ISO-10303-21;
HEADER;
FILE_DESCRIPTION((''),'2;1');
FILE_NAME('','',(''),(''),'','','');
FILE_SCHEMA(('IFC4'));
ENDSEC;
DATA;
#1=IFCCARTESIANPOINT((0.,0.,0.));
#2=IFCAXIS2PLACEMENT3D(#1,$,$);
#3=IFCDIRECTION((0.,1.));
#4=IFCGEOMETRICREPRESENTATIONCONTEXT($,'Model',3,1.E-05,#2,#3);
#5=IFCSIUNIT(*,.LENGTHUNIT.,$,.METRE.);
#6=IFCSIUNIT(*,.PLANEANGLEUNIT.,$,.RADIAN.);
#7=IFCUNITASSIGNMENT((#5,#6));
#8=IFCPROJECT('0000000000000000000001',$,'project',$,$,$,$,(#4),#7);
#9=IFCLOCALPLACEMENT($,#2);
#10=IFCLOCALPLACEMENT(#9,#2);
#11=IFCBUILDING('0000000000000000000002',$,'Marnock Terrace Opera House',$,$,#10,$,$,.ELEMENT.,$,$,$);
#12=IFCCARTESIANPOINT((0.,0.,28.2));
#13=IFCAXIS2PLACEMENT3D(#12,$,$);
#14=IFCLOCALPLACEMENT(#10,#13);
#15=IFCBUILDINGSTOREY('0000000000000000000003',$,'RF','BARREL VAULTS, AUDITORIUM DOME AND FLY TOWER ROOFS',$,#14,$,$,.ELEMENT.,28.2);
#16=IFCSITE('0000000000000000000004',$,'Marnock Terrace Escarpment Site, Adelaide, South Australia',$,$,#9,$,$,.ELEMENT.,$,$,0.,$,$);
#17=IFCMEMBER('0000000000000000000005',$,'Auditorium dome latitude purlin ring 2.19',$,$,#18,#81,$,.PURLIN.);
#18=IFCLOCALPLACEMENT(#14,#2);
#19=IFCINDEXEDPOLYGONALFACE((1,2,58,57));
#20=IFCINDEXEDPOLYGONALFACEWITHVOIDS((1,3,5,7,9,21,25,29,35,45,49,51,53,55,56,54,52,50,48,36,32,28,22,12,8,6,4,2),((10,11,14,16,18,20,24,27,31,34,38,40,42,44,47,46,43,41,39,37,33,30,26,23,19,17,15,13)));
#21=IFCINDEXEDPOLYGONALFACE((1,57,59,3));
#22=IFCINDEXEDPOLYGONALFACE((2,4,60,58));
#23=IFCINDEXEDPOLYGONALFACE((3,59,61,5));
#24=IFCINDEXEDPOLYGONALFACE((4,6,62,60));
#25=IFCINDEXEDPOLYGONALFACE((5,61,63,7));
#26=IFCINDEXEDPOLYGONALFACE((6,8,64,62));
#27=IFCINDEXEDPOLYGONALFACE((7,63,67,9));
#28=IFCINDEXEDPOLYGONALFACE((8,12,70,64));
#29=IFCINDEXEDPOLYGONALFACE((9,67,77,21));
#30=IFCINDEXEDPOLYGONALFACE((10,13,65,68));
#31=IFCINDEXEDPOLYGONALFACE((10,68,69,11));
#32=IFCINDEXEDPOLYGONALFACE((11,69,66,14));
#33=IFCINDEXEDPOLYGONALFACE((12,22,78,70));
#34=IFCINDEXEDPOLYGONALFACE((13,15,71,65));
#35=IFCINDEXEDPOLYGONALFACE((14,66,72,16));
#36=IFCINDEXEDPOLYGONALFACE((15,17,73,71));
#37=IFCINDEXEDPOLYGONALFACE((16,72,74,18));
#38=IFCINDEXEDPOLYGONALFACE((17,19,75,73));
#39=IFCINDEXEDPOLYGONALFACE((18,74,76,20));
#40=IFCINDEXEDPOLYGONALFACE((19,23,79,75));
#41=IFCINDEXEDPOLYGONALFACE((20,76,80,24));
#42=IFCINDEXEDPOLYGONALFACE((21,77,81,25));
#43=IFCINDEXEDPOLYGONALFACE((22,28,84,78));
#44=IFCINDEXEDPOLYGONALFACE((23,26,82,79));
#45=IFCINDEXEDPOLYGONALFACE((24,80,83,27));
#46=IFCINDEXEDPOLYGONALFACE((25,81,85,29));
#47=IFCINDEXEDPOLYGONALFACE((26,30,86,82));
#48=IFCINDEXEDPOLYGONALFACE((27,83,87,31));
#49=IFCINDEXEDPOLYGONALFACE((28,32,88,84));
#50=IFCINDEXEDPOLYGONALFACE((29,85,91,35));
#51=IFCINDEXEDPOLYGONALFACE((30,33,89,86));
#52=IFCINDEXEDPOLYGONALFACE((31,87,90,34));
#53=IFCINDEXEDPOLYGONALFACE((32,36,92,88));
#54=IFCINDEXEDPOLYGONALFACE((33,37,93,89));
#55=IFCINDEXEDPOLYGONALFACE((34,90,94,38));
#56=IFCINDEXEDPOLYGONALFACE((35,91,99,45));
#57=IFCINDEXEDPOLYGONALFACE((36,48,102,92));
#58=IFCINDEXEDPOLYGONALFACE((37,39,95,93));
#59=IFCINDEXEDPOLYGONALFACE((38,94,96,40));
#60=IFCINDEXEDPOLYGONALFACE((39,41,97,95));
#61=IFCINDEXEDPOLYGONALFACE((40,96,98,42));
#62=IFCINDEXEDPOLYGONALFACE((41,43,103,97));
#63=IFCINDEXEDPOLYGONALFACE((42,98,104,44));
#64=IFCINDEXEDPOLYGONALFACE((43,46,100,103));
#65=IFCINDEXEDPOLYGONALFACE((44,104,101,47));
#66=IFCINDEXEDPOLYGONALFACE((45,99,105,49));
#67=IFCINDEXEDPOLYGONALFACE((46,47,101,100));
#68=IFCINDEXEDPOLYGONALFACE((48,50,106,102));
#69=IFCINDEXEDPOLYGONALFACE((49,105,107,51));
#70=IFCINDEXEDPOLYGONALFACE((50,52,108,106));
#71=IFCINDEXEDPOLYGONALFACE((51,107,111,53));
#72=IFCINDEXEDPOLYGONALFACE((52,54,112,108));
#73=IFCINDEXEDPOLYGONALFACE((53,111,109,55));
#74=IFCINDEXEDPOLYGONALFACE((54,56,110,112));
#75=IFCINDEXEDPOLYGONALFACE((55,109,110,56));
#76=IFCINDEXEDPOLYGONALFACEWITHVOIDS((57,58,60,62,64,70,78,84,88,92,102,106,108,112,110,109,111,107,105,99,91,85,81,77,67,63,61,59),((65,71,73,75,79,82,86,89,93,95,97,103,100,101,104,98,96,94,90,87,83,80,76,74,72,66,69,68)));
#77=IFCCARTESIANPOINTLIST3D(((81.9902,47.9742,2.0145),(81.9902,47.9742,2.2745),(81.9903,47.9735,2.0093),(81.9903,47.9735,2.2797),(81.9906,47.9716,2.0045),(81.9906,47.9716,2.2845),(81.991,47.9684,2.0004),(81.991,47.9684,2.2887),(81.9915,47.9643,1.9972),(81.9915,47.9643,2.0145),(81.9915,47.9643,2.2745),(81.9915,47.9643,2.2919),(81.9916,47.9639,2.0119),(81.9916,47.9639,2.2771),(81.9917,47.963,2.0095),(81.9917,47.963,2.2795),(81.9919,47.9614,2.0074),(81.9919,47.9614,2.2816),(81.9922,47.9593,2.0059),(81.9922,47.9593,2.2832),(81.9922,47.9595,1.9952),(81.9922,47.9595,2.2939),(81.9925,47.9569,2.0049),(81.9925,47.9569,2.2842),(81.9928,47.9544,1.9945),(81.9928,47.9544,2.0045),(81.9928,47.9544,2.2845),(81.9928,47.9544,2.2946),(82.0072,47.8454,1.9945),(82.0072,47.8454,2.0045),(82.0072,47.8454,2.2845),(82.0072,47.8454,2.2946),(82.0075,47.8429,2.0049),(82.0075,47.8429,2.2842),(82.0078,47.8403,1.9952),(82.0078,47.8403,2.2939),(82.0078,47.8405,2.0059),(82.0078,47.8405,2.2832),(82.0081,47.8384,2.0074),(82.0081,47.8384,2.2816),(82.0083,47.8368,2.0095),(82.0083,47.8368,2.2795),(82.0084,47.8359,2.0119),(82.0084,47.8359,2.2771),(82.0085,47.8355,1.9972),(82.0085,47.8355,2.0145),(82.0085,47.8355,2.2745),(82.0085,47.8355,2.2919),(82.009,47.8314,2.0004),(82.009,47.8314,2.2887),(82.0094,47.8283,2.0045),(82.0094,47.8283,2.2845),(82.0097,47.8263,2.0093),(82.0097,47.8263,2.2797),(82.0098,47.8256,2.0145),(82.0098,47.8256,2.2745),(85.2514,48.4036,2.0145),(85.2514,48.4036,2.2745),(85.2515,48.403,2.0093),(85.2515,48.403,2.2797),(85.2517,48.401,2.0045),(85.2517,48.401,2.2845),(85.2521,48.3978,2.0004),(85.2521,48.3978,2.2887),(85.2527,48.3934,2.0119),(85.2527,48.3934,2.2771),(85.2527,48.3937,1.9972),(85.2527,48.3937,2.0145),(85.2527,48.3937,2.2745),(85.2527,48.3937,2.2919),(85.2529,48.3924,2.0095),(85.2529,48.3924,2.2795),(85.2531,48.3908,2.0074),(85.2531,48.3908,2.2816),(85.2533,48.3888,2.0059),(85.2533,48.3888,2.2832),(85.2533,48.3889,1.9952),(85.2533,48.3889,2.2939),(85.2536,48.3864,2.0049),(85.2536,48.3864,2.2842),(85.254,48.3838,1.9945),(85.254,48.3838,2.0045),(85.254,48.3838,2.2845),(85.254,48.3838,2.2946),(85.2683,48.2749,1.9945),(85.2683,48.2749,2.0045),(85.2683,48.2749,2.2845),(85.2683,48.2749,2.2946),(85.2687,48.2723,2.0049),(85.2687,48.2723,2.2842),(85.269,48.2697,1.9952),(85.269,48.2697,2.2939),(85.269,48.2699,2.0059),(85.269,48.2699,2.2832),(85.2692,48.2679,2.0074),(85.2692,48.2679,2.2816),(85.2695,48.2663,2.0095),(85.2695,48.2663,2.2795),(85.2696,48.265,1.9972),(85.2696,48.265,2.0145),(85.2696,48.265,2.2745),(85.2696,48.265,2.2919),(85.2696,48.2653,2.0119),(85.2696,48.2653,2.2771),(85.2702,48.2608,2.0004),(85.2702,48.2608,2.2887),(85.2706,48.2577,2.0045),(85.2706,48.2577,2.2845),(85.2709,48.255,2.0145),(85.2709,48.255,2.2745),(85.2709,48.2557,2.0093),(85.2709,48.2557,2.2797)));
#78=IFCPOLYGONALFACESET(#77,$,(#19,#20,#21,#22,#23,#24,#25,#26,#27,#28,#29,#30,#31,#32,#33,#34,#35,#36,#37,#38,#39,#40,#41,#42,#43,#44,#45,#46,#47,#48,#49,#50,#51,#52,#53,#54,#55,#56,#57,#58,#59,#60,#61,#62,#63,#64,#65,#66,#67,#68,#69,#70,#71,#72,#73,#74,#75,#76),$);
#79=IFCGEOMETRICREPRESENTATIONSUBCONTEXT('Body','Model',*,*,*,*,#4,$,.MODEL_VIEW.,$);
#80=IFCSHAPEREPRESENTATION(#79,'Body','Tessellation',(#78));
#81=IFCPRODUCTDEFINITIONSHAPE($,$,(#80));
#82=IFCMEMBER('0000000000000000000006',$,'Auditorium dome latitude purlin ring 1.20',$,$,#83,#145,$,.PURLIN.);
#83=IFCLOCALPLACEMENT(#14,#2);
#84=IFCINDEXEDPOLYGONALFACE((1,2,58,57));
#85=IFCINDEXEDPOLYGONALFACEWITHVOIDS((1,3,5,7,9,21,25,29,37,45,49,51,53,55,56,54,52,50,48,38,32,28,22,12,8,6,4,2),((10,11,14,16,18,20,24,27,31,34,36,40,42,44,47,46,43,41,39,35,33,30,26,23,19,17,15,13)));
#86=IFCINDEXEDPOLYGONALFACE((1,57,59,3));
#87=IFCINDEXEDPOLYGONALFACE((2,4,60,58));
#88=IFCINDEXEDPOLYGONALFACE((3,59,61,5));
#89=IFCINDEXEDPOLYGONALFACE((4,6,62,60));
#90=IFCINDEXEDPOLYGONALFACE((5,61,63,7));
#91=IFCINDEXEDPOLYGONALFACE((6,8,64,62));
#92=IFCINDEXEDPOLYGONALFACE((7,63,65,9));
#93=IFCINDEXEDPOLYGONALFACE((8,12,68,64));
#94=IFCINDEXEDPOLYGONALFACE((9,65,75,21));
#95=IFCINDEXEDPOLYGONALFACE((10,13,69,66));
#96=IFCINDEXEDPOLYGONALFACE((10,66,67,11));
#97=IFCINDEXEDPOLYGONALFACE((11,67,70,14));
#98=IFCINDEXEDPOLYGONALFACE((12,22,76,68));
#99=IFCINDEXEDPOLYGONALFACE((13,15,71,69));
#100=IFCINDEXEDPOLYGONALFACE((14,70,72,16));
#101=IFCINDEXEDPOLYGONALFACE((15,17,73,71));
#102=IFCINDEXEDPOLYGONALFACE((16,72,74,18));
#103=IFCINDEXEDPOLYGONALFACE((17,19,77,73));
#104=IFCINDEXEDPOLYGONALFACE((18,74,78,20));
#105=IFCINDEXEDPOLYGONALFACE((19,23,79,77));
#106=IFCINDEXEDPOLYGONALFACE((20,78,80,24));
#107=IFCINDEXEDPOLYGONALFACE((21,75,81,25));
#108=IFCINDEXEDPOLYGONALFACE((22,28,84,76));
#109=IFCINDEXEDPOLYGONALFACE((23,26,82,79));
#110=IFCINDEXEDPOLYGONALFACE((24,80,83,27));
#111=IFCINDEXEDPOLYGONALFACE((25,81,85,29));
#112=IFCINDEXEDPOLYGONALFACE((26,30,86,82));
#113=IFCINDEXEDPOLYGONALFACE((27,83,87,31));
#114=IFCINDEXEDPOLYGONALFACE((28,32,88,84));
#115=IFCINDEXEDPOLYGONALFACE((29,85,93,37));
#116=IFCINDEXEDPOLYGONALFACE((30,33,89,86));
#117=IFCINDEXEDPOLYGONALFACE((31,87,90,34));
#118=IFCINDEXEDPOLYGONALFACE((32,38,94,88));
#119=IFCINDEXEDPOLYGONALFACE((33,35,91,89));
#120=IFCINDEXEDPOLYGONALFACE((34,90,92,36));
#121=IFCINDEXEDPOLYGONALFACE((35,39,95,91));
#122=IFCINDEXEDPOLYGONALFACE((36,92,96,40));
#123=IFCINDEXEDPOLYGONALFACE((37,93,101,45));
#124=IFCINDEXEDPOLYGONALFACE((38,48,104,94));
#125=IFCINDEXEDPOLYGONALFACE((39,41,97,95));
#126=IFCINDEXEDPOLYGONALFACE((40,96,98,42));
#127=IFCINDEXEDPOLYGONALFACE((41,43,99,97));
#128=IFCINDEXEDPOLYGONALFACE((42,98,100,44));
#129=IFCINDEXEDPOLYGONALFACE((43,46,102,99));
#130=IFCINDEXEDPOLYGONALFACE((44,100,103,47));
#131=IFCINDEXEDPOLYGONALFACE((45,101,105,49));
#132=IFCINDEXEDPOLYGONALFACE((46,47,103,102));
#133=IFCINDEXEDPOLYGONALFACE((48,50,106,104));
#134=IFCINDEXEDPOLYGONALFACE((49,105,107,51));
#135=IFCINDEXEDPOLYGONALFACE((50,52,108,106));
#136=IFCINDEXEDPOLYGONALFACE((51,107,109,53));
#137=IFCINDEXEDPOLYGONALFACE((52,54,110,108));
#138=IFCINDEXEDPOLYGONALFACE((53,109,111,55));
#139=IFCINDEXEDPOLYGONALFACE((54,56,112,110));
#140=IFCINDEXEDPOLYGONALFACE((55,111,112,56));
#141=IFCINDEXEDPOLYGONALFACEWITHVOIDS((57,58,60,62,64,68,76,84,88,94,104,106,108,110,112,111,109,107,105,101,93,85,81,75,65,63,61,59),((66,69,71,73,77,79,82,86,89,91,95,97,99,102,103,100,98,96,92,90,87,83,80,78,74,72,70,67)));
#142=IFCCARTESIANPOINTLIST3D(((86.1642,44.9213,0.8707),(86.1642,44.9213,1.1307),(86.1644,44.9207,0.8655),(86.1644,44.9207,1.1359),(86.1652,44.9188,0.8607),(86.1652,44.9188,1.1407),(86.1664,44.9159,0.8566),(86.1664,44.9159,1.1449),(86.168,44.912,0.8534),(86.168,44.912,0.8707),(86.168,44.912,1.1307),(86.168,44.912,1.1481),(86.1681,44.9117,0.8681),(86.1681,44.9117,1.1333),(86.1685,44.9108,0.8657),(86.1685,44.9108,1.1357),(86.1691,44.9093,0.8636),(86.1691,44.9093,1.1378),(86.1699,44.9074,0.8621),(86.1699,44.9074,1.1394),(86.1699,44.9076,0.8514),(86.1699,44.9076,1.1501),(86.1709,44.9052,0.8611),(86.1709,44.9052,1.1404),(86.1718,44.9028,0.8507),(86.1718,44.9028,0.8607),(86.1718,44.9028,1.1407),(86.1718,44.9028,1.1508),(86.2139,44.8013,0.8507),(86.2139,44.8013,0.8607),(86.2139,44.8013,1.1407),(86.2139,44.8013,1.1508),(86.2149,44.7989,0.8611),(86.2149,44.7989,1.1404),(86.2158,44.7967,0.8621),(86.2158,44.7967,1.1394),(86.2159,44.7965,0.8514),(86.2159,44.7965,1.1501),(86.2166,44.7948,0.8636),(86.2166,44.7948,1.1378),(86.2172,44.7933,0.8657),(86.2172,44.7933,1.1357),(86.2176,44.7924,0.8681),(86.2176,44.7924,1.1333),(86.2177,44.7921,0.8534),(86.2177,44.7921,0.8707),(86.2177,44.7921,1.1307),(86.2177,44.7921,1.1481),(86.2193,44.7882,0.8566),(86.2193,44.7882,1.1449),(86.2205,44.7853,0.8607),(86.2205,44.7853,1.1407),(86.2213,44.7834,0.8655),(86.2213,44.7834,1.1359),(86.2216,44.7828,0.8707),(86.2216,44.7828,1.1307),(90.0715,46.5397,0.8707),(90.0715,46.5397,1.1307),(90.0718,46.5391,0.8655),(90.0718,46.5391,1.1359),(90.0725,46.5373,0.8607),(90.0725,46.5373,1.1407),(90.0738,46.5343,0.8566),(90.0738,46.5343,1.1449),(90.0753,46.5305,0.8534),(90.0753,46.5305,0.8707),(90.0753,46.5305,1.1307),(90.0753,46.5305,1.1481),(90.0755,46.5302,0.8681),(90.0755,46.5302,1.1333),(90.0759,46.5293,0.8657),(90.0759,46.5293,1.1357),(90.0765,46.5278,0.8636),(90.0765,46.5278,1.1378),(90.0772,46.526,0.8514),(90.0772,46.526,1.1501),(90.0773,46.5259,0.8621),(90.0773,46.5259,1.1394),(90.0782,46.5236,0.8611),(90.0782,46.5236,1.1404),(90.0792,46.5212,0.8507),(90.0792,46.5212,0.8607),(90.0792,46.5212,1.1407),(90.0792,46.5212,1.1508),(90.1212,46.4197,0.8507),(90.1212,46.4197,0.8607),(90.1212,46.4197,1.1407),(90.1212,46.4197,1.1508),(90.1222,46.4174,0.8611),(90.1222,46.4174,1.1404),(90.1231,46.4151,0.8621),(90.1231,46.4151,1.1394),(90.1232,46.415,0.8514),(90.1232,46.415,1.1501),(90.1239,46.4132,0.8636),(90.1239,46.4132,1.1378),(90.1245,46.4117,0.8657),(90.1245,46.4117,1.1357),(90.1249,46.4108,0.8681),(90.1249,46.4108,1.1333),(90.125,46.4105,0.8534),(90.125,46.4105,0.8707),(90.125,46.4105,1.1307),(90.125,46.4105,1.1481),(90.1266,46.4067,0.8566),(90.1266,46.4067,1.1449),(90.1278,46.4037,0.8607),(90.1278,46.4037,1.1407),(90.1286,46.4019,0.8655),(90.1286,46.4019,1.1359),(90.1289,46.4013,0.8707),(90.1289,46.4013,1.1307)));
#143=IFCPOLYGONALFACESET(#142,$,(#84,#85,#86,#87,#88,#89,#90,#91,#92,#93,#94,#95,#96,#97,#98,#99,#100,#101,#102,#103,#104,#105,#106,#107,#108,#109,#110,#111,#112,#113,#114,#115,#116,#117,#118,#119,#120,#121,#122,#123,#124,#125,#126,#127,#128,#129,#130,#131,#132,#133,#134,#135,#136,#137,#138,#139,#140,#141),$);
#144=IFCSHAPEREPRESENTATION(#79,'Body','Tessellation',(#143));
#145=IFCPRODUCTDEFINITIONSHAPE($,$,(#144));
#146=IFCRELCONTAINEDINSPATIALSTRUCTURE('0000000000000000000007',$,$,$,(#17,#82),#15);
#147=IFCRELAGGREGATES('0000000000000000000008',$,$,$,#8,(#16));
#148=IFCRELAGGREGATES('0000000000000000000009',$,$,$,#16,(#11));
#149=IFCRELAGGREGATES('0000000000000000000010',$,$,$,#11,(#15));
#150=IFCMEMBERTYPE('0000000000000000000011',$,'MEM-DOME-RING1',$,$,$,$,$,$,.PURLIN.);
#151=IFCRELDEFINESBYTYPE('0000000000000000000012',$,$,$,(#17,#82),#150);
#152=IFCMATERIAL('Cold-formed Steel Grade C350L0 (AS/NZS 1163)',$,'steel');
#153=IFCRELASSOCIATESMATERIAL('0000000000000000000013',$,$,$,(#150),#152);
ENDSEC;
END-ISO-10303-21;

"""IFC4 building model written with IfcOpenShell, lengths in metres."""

from ifc_helpers import new_model, si_unit, direction, frame, origin, origin_2d, place, context, subcontext, project, spatial, hollow_rectangle, extrude, material, material_profile, profile_set, type_object, element, save


model = new_model("IFC4")

# Units and contexts
model_context = context("Model", 3, precision=1e-05, world=origin(), true_north=direction((0.0, 1.0)))
body_context = subcontext(model_context, "Body", "Model", "MODEL_VIEW")
ifc_project = project(units=[si_unit("LENGTHUNIT", "METRE"), si_unit("PLANEANGLEUNIT", "RADIAN")], contexts=[model_context])

# Site, building, storey
site_placement = place(None, origin())
site = spatial("IfcSite", under=ifc_project, at=site_placement, Name="Marnock Terrace Escarpment Site, Adelaide, South Australia", CompositionType="ELEMENT", RefElevation=0.0)
building_placement = place(site_placement, origin())
building = spatial("IfcBuilding", under=site, at=building_placement, Name="Marnock Terrace Opera House", CompositionType="ELEMENT")
storey_placement = place(building_placement, frame((0.0, 0.0, 28.2)))
storey = spatial("IfcBuildingStorey", under=building, at=storey_placement, Name="RF", Description="BARREL VAULTS, AUDITORIUM DOME AND FLY TOWER ROOFS", CompositionType="ELEMENT", Elevation=28.2)

# Members
ifc_material_1 = material(Name="Cold-formed Steel Grade C350L0 (AS/NZS 1163)", Category="steel")
ifc_material_profile_1 = material_profile(ifc_material_1, hollow_rectangle(XDim=0.1499, YDim=0.3, WallThickness=0.01, InnerFilletRadius=0.01, OuterFilletRadius=0.02, at=origin_2d()))
ifc_profile_set_1 = profile_set([ifc_material_profile_1], Name="Cold-formed Steel Grade C350L0 (AS/NZS 1163)")
member_type_1 = type_object("IfcMemberType", Name="MEM-DOME-RING1", PredefinedType="PURLIN", material=ifc_profile_set_1)
member_1_placement = place(storey_placement, frame((82.0, 47.8999, 2.1445), z_axis=(0.991441, 0.130554, 0.0), x_axis=(-0.130554, 0.991441, 0.0)))
element("IfcMember", 1, at=member_1_placement, inside=storey, type_object=member_type_1, Name="Auditorium dome latitude purlin ring 2.19", PredefinedType="PURLIN", context=body_context, shape_type="SweptSolid", body=[
    extrude(hollow_rectangle(XDim=0.1499, YDim=0.3, WallThickness=0.01, InnerFilletRadius=0.01, OuterFilletRadius=0.02, at=origin_2d()), origin(), (0.0, 0.0, 1.0), 3.2893),
])
member_2_placement = place(storey_placement, frame((86.1929, 44.8521, 1.0007), z_axis=(0.923881, 0.38268, 0.0), x_axis=(-0.38268, 0.923881, 0.0)))
element("IfcMember", 2, at=member_2_placement, inside=storey, type_object=member_type_1, Name="Auditorium dome latitude purlin ring 1.20", PredefinedType="PURLIN", context=body_context, shape_type="SweptSolid", body=[
    extrude(hollow_rectangle(XDim=0.1499, YDim=0.3, WallThickness=0.01, InnerFilletRadius=0.01, OuterFilletRadius=0.02, at=origin_2d()), origin(), (0.0, 0.0, 1.0), 4.2292),
])

save(model, "model.ifc")
